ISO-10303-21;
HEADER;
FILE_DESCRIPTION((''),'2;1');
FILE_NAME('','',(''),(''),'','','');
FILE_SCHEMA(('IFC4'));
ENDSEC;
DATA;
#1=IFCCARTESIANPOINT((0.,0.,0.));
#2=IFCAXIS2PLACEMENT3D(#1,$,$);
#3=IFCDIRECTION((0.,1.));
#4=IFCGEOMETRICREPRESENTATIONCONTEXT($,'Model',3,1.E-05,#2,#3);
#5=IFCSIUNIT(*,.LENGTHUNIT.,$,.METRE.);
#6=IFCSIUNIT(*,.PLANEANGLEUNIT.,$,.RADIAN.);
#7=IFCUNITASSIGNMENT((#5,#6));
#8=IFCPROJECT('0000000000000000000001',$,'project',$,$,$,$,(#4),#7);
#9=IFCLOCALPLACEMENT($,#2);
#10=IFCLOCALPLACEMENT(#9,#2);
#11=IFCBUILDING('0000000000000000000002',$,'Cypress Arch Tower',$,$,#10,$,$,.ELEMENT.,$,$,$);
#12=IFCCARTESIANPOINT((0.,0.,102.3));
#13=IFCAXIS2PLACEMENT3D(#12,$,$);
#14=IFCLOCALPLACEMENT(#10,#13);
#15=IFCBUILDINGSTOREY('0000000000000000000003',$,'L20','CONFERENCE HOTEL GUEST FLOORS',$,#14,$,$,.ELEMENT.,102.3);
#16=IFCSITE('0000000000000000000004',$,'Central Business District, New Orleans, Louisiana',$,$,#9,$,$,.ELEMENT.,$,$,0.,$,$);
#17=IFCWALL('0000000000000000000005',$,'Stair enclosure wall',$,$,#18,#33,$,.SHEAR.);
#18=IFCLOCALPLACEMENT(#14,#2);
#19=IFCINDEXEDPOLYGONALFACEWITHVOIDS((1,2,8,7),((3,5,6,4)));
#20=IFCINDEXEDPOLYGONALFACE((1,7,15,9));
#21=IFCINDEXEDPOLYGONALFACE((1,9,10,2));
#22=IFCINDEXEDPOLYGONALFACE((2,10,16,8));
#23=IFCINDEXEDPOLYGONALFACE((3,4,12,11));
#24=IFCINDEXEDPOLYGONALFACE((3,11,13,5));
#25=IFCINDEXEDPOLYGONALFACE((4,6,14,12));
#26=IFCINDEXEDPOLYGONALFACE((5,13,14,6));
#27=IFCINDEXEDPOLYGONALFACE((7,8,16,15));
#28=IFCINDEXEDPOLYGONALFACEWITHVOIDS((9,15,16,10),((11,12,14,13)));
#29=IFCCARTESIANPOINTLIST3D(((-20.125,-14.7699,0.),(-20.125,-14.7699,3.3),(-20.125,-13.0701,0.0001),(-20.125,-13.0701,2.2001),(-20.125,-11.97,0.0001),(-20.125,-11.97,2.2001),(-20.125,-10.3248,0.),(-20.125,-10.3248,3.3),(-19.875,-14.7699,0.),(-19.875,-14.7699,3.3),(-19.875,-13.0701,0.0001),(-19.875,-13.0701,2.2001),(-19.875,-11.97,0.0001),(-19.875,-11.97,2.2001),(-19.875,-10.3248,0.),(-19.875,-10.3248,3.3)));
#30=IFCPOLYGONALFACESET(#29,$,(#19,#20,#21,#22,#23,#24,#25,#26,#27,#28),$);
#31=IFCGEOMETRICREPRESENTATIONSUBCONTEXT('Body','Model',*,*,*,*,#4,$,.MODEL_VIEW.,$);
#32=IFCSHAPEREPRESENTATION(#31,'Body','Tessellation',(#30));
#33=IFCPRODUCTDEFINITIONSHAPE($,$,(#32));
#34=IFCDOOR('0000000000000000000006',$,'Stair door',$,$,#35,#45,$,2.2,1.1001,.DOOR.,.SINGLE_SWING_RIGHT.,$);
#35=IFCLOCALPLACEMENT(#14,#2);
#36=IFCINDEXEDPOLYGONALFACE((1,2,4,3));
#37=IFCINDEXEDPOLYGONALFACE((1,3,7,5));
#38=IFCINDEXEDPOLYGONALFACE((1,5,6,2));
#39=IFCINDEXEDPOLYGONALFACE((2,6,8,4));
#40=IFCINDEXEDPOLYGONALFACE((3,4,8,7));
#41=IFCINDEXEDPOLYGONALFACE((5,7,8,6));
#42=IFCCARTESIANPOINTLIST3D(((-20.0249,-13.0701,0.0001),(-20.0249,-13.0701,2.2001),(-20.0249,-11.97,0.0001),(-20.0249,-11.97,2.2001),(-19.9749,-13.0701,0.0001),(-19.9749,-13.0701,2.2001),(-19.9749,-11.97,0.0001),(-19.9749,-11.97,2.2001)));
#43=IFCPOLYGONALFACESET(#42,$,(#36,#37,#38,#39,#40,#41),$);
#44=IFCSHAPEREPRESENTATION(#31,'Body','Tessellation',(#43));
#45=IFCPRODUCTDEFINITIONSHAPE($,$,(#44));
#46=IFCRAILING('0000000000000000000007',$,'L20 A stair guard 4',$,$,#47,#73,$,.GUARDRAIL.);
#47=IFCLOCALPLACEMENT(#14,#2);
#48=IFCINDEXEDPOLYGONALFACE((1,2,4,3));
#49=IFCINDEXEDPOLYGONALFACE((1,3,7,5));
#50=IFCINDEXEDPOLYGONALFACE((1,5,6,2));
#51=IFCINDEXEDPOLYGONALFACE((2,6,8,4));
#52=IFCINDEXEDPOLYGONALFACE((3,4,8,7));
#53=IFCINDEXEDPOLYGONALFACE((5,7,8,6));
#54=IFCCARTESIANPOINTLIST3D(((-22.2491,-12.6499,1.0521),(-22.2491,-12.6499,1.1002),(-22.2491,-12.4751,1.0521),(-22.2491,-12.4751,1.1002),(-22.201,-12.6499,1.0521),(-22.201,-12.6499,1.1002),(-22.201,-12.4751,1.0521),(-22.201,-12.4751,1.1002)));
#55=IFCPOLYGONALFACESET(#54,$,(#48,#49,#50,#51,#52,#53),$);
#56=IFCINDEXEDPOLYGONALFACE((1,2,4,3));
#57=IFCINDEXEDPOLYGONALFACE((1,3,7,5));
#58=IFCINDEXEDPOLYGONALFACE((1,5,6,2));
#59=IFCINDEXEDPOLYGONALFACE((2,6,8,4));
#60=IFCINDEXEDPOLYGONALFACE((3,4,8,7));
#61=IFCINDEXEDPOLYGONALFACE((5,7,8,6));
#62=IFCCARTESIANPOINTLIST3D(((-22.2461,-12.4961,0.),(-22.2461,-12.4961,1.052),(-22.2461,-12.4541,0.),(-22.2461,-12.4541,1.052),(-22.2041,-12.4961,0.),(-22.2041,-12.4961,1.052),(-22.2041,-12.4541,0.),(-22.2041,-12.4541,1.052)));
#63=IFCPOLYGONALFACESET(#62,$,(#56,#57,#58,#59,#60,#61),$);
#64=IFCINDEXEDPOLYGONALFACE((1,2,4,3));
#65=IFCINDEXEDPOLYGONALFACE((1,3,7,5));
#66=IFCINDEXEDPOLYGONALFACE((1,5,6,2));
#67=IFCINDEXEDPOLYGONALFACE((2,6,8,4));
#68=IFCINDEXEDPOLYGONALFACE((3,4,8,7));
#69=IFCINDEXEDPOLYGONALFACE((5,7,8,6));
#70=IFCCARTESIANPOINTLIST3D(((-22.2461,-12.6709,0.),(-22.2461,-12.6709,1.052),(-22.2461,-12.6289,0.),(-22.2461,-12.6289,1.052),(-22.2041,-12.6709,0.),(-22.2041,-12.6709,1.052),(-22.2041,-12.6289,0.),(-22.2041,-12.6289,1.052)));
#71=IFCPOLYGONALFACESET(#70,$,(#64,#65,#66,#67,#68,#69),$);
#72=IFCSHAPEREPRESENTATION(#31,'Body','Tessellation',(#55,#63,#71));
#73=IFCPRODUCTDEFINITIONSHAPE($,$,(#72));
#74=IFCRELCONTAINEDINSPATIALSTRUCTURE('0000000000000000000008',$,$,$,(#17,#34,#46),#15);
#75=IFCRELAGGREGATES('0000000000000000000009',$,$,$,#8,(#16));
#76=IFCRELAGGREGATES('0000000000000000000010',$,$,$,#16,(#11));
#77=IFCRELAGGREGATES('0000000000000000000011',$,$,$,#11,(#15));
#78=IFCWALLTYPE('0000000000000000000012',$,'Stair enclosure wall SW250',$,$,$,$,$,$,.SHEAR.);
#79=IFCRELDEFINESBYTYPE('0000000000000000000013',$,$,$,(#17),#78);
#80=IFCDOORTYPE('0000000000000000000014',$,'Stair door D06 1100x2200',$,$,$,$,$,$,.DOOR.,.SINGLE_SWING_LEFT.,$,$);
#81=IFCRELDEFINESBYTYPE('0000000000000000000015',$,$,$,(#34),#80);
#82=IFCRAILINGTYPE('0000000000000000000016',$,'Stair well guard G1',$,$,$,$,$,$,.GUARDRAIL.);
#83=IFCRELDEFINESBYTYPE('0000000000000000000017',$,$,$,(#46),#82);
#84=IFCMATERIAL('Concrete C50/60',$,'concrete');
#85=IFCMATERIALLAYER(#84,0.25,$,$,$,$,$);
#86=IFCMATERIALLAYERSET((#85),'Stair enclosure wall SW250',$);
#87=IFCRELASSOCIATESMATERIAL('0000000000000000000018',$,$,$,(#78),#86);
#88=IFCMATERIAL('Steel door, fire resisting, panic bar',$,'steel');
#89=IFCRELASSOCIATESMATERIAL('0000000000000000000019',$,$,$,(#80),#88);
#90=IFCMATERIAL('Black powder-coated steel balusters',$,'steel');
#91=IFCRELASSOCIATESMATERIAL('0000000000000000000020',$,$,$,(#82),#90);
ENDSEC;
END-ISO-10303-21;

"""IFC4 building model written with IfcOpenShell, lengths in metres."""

from ifc_helpers import new_model, si_unit, direction, frame, frame_2d, origin, origin_2d, place, context, subcontext, project, spatial, rectangle, extrude, material, layer, layer_set, type_object, element, fill, save


model = new_model("IFC4")

# Units and contexts
model_context = context("Model", 3, precision=1e-05, world=origin(), true_north=direction((0.0, 1.0)))
body_context = subcontext(model_context, "Body", "Model", "MODEL_VIEW")
ifc_project = project(units=[si_unit("LENGTHUNIT", "METRE"), si_unit("PLANEANGLEUNIT", "RADIAN")], contexts=[model_context])

# Site, building, storey
site_placement = place(None, origin())
site = spatial("IfcSite", under=ifc_project, at=site_placement, Name="Central Business District, New Orleans, Louisiana", CompositionType="ELEMENT", RefElevation=0.0)
building_placement = place(site_placement, origin())
building = spatial("IfcBuilding", under=site, at=building_placement, Name="Cypress Arch Tower", CompositionType="ELEMENT")
storey_placement = place(building_placement, frame((0.0, 0.0, 102.3)))
storey = spatial("IfcBuildingStorey", under=building, at=storey_placement, Name="L20", Description="CONFERENCE HOTEL GUEST FLOORS", CompositionType="ELEMENT", Elevation=102.3)

# Wall, opening, door
ifc_material_1 = material(Name="Concrete C50/60", Category="concrete")
ifc_layer_1 = layer(ifc_material_1, 0.25)
ifc_layer_set_1 = layer_set([ifc_layer_1], Name="Stair enclosure wall SW250")
wall_type_1 = type_object("IfcWallType", Name="Stair enclosure wall SW250", PredefinedType="SHEAR", material=ifc_layer_set_1)
wall_1_placement = place(storey_placement, frame((-20.0, -14.77, 0.0), z_axis=(0.0, 0.0, 1.0), x_axis=(0.0, 1.0, 0.0)))
wall_1 = element("IfcWall", 1, at=wall_1_placement, inside=storey, type_object=wall_type_1, Name="Stair enclosure wall", PredefinedType="SHEAR", context=body_context, shape_type="SweptSolid", body=[
    extrude(rectangle(XDim=4.4451, YDim=0.25, at=frame_2d((2.2227, 0.0))), origin(), (0.0, 0.0, 1.0), 3.3),
])
opening_1_placement = place(wall_1_placement, frame((1.7, 0.0, 0.0)))
opening_1 = element("IfcOpeningElement", 2, at=opening_1_placement, cuts=wall_1, PredefinedType="OPENING", context=body_context, shape_type="SweptSolid", body=[
    extrude(rectangle(XDim=1.1001, YDim=2.2, at=frame_2d((0.55, 1.1001))), frame((0.0, 0.135, 0.0), z_axis=(0.0, -1.0, 0.0), x_axis=(1.0, 0.0, 0.0)), (0.0, 0.0, 1.0), 0.27),
])
ifc_material_2 = material(Name="Steel door, fire resisting, panic bar", Category="steel")
door_type_1 = type_object("IfcDoorType", Name="Stair door D06 1100x2200", OperationType="SINGLE_SWING_LEFT", PredefinedType="DOOR", material=ifc_material_2)
door_1_placement = place(opening_1_placement, origin())
door_1 = element("IfcDoor", 3, at=door_1_placement, inside=storey, type_object=door_type_1, Name="Stair door", OperationType="SINGLE_SWING_RIGHT", OverallHeight=2.2, OverallWidth=1.1001, PredefinedType="DOOR", context=body_context, shape_type="SweptSolid", body=[
    extrude(rectangle(XDim=1.1001, YDim=2.2, at=frame_2d((0.55, 1.1001))), frame((0.0, 0.0249, 0.0), z_axis=(0.0, -1.0, 0.0), x_axis=(1.0, 0.0, 0.0)), (0.0, 0.0, 1.0), 0.05),
])
fill(opening_1, door_1)

# Railing
ifc_material_3 = material(Name="Black powder-coated steel balusters", Category="steel")
railing_type = type_object("IfcRailingType", Name="Stair well guard G1", PredefinedType="GUARDRAIL", material=ifc_material_3)
railing_placement = place(storey_placement, frame((-22.2251, -12.4751, 0.0)))
element("IfcRailing", 4, at=railing_placement, inside=storey, type_object=railing_type, Name="L20 A stair guard 4", PredefinedType="GUARDRAIL", context=body_context, shape_type="SweptSolid", body=[
    extrude(rectangle(XDim=0.0481, YDim=0.0481, at=origin_2d()), frame((0.0, 0.0, 1.0762), z_axis=(0.0, -1.0, 0.0), x_axis=(1.0, 0.0, 0.0)), (0.0, 0.0, 1.0), 0.1748),
    extrude(rectangle(XDim=0.042, YDim=0.042, at=origin_2d()), origin(), (0.0, 0.0, 1.0), 1.052),
    extrude(rectangle(XDim=0.042, YDim=0.042, at=origin_2d()), frame((0.0, -0.1748, 0.0)), (0.0, 0.0, 1.0), 1.052),
])

save(model, "model.ifc")
